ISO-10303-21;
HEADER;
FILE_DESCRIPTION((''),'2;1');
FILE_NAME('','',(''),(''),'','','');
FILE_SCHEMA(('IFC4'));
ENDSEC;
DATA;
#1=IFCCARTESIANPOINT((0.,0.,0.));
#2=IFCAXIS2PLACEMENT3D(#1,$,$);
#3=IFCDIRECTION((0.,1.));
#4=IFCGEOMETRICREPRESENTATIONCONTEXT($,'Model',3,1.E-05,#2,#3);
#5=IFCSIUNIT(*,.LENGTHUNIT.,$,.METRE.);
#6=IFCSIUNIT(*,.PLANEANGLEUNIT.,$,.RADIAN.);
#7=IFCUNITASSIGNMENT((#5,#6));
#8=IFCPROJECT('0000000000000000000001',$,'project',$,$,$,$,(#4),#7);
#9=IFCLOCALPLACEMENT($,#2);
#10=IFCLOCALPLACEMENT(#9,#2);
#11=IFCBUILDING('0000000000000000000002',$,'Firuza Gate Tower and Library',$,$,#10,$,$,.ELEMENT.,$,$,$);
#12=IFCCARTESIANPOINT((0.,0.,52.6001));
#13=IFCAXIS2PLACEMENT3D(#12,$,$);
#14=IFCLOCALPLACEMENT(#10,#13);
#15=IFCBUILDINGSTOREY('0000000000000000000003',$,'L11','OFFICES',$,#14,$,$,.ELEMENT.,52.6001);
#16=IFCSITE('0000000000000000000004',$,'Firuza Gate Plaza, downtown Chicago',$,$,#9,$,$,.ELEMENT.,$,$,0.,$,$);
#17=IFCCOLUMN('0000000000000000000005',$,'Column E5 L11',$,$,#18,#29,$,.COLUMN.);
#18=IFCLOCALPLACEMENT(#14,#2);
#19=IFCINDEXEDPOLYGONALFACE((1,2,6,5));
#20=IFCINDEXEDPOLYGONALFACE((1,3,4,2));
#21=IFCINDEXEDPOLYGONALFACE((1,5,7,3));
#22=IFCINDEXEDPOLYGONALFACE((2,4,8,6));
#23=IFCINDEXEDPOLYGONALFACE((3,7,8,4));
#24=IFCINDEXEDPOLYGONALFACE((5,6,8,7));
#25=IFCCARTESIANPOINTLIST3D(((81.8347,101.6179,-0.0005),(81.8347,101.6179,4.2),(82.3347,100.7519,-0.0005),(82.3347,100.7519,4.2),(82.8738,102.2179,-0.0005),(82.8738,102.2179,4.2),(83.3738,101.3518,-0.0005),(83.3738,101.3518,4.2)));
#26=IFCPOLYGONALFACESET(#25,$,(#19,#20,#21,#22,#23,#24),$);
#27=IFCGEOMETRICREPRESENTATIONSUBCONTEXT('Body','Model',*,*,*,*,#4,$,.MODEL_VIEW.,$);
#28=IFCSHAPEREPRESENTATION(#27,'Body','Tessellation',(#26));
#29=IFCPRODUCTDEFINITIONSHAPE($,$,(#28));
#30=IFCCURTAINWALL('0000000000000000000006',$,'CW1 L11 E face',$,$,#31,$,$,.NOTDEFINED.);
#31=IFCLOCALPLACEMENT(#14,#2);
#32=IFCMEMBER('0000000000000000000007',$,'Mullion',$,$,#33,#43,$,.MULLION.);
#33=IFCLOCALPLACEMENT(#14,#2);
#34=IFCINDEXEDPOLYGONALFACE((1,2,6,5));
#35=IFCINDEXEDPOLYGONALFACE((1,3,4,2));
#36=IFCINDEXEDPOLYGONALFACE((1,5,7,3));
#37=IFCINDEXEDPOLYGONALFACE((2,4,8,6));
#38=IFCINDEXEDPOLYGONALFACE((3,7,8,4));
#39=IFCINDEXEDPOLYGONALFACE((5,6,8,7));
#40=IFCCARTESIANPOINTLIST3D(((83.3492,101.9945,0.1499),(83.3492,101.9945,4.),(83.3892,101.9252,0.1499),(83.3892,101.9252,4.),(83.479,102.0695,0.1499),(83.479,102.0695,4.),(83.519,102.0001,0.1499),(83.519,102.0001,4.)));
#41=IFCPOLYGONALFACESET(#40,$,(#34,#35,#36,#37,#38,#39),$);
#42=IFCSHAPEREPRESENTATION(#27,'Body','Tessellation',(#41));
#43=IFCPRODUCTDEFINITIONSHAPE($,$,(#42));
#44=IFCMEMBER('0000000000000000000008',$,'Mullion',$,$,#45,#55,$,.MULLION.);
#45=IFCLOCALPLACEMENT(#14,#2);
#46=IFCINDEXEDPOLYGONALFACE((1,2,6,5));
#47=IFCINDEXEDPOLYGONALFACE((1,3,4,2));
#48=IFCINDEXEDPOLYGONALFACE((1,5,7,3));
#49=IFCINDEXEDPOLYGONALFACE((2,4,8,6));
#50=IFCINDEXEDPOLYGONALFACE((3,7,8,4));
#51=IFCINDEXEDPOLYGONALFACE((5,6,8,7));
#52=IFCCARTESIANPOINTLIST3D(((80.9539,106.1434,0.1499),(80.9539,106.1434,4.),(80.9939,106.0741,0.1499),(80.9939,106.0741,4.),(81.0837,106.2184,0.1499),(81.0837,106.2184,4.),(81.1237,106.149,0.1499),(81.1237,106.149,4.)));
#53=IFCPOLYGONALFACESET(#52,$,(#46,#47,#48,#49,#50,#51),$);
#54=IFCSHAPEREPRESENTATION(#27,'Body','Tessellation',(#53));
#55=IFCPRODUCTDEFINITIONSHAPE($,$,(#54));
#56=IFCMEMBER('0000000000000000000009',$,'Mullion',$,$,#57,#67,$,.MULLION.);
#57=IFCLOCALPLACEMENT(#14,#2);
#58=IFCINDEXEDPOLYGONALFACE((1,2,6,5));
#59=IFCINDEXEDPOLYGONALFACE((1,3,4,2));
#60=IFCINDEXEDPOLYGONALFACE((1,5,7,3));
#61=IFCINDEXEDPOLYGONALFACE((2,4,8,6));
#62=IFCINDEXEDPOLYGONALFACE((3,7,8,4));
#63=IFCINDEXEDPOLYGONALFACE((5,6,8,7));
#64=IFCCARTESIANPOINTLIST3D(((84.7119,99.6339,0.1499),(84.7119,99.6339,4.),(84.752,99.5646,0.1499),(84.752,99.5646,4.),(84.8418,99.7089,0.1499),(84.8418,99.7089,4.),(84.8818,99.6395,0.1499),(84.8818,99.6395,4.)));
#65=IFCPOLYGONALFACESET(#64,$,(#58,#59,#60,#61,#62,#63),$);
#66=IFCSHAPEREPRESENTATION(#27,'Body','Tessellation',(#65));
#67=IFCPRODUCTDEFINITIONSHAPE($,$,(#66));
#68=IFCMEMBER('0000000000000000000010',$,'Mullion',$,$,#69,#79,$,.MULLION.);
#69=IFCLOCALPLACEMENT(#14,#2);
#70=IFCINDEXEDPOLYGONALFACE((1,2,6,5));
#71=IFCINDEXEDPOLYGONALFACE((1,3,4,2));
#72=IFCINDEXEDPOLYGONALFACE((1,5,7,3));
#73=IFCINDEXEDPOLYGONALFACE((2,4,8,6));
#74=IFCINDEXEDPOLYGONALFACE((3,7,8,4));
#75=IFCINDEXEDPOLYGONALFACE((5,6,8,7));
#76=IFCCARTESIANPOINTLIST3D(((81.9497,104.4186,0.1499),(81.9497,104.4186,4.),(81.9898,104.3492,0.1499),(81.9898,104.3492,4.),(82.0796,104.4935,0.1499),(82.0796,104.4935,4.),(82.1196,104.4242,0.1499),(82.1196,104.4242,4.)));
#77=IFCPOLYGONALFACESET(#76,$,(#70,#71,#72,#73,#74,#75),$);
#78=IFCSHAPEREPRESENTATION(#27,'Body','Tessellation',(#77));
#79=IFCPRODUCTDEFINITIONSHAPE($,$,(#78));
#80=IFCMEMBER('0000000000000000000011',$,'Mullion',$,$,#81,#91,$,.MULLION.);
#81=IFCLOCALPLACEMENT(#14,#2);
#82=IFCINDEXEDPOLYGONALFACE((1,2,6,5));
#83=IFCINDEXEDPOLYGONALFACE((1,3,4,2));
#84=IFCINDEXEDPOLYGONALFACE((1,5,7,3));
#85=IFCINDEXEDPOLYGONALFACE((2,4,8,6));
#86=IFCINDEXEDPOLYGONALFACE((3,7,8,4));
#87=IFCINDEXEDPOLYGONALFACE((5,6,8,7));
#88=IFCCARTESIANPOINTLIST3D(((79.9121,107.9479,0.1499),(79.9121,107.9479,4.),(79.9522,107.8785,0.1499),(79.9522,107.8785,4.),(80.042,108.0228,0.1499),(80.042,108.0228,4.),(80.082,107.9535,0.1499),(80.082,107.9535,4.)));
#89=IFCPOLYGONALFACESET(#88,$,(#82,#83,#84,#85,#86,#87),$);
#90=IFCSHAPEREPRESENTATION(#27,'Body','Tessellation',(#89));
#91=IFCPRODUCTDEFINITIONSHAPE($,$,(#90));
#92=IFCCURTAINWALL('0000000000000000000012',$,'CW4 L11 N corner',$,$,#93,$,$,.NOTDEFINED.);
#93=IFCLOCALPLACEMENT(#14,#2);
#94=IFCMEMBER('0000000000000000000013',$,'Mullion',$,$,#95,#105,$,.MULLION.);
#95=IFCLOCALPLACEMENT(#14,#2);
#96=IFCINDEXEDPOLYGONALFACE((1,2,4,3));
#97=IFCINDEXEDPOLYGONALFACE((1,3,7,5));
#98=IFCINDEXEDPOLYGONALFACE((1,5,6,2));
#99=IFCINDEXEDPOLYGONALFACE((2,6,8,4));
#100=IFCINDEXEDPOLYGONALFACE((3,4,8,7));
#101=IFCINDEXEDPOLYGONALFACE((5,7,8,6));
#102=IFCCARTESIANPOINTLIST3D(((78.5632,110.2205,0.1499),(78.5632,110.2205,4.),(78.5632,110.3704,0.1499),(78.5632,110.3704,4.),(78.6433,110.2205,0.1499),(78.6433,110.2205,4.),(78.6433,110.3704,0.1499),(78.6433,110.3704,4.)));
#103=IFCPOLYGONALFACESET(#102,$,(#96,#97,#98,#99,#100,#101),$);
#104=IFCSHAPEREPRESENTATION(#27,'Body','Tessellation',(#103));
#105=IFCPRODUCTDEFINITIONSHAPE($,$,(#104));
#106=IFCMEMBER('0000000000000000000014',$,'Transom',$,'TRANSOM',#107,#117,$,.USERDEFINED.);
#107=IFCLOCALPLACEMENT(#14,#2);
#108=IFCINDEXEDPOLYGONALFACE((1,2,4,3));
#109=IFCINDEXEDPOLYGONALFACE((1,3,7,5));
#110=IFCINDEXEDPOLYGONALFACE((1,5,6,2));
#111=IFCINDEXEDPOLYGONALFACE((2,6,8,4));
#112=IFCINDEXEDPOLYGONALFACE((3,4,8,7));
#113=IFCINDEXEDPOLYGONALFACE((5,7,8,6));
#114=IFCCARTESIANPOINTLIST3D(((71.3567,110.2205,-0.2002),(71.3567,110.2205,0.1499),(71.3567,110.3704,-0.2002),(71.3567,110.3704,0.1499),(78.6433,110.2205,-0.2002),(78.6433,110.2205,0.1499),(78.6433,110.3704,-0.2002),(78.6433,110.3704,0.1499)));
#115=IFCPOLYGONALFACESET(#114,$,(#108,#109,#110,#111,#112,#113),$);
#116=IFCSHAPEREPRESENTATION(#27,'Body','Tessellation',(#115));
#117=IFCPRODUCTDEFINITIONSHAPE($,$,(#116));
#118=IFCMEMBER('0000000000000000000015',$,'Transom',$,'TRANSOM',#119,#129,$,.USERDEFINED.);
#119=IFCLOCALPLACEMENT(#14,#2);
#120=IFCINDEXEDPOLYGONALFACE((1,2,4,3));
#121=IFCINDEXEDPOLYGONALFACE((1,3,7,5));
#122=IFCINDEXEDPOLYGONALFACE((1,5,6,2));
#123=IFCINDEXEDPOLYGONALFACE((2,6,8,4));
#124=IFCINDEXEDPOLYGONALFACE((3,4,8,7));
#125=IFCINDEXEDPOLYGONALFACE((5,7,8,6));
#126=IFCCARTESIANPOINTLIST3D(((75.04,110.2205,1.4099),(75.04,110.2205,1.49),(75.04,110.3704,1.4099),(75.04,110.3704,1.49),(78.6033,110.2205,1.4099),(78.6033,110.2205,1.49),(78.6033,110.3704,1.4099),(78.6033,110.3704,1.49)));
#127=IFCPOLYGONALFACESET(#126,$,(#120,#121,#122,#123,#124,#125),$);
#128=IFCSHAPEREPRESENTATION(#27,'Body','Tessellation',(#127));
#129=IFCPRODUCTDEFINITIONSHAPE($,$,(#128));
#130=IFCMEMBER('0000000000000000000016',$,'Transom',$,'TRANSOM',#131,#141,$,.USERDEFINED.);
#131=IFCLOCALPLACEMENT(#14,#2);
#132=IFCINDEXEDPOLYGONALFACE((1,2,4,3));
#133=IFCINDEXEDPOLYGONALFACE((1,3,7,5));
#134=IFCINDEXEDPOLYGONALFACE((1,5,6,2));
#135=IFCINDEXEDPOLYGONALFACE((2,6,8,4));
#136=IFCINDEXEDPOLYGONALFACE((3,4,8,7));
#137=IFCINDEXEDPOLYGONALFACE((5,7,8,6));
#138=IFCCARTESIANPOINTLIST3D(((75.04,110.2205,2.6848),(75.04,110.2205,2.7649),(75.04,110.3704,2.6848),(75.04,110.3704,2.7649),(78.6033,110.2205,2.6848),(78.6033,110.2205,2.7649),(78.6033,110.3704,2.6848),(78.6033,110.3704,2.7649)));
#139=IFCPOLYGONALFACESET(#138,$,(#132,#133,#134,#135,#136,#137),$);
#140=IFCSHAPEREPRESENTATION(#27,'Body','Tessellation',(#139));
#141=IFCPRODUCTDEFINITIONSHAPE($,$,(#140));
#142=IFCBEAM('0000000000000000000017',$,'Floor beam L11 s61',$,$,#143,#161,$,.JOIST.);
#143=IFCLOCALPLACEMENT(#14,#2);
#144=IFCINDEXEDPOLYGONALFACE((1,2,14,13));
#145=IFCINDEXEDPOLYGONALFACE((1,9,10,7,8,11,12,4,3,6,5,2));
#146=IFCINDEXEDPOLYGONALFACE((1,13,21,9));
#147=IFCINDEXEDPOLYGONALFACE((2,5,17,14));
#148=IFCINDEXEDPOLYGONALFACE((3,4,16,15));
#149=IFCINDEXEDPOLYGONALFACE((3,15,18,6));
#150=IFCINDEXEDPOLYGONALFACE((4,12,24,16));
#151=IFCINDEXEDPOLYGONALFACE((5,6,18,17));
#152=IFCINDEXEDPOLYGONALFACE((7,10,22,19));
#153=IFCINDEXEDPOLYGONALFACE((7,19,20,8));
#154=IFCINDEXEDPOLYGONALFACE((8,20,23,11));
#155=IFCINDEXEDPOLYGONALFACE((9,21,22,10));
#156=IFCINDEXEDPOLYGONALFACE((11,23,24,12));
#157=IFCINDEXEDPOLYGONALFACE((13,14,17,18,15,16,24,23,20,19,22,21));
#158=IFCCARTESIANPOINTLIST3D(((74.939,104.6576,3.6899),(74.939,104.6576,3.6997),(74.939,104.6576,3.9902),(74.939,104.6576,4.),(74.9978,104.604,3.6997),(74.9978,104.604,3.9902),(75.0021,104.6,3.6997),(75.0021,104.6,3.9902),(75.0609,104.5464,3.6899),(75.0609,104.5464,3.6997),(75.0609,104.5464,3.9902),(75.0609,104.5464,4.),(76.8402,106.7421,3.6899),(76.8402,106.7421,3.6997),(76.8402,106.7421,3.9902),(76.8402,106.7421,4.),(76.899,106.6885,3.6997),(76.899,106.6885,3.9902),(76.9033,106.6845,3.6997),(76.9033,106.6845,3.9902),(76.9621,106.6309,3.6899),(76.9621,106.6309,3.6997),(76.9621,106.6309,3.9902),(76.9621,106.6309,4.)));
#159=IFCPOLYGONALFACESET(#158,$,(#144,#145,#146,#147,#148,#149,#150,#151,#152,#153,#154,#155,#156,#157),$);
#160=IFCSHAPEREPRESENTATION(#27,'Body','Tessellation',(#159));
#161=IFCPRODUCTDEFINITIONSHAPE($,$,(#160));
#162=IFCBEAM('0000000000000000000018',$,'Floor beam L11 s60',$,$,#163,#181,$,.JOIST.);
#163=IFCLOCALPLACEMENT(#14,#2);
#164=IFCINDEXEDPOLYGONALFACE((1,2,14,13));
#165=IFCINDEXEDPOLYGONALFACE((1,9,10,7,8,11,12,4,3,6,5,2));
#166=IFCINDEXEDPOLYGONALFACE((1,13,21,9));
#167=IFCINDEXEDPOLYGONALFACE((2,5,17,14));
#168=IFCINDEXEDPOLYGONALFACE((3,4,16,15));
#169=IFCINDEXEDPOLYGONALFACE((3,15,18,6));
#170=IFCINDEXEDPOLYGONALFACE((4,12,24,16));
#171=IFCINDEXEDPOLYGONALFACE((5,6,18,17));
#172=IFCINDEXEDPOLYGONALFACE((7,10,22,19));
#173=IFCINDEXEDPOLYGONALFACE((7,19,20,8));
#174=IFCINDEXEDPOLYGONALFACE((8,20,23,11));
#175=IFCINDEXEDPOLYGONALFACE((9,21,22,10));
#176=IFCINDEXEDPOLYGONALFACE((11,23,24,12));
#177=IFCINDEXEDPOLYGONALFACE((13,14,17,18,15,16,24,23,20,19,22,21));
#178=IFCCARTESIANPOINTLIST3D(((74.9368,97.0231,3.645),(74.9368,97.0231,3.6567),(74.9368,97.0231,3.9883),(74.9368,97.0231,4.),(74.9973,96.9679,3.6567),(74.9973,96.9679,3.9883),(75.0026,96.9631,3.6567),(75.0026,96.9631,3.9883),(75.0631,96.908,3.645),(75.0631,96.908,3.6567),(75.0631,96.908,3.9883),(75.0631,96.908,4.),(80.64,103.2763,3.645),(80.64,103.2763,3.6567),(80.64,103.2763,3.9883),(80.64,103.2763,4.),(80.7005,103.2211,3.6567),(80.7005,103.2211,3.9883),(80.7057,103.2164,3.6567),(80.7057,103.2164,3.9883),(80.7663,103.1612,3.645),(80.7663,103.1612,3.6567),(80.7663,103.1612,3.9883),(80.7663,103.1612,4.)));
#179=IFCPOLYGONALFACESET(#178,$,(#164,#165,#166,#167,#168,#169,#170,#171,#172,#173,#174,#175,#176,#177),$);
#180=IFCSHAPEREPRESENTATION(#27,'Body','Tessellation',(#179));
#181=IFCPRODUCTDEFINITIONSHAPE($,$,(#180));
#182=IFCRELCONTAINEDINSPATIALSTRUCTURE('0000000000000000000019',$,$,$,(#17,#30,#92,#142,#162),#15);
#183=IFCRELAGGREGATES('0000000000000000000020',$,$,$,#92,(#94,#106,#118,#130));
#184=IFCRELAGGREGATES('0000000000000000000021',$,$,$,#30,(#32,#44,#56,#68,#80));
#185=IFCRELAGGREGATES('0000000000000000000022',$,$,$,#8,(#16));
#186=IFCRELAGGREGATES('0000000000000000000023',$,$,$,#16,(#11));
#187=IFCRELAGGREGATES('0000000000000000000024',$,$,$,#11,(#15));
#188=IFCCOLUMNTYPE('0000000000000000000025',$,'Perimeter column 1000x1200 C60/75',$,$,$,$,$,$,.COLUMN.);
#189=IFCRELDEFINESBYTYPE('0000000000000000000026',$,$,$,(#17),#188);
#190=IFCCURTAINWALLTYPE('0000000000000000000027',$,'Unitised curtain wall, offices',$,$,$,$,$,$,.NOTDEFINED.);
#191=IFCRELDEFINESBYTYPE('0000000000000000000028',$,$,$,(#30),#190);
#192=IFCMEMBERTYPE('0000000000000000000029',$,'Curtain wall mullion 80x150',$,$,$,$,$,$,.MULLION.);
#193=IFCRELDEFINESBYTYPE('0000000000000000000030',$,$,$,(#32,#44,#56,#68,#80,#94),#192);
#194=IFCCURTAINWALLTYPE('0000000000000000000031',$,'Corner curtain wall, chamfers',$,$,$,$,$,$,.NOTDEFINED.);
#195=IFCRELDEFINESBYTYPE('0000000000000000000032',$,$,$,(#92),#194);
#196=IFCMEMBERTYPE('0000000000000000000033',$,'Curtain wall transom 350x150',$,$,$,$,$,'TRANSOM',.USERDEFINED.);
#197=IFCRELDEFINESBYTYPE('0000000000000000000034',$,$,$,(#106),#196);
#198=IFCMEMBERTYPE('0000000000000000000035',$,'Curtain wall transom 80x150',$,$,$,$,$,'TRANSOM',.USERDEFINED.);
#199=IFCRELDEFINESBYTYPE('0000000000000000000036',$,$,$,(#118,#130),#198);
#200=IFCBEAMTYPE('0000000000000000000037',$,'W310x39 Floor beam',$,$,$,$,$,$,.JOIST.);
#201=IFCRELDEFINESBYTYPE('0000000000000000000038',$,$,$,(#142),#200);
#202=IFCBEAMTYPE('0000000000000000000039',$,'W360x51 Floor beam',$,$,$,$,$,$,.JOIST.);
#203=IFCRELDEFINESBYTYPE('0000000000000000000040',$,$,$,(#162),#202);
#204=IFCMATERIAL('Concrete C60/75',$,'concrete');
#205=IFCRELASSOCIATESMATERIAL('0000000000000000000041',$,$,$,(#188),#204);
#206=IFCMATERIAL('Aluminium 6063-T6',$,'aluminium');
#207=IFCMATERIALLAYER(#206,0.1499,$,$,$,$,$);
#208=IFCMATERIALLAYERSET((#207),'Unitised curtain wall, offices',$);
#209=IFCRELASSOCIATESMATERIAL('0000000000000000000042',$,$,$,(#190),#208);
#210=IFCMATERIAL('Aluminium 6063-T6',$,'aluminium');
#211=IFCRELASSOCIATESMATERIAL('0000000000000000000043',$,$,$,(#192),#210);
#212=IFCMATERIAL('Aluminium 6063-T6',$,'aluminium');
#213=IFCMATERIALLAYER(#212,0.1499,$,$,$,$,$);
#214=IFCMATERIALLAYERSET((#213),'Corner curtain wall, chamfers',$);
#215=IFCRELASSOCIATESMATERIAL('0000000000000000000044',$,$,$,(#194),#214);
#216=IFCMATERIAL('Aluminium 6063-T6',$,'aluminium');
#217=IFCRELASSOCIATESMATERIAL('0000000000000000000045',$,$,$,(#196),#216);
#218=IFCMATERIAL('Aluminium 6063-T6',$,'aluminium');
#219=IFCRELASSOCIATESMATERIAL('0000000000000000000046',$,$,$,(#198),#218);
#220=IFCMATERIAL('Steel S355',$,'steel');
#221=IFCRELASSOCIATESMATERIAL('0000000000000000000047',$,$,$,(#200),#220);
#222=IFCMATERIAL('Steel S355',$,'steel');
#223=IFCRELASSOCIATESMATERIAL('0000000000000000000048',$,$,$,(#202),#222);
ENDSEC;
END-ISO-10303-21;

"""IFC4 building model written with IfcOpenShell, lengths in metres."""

from ifc_helpers import new_model, si_unit, direction, frame, origin, origin_2d, place, context, subcontext, project, spatial, rectangle, i_section, extrude, material, layer, layer_set, material_profile, profile_set, type_object, element, aggregate, save


model = new_model("IFC4")

# Units and contexts
model_context = context("Model", 3, precision=1e-05, world=origin(), true_north=direction((0.0, 1.0)))
body_context = subcontext(model_context, "Body", "Model", "MODEL_VIEW")
ifc_project = project(units=[si_unit("LENGTHUNIT", "METRE"), si_unit("PLANEANGLEUNIT", "RADIAN")], contexts=[model_context])

# Site, building, storey
site_placement = place(None, origin())
site = spatial("IfcSite", under=ifc_project, at=site_placement, Name="Firuza Gate Plaza, downtown Chicago", CompositionType="ELEMENT", RefElevation=0.0)
building_placement = place(site_placement, origin())
building = spatial("IfcBuilding", under=site, at=building_placement, Name="Firuza Gate Tower and Library", CompositionType="ELEMENT")
storey_placement = place(building_placement, frame((0.0, 0.0, 52.6001)))
storey = spatial("IfcBuildingStorey", under=building, at=storey_placement, Name="L11", Description="OFFICES", CompositionType="ELEMENT", Elevation=52.6001)

# Column
ifc_material_1 = material(Name="Concrete C60/75", Category="concrete")
ifc_material_profile_1 = material_profile(ifc_material_1, rectangle(XDim=1.0, YDim=1.2, at=origin_2d()))
ifc_profile_set_1 = profile_set([ifc_material_profile_1], Name="Concrete C60/75")
column_type = type_object("IfcColumnType", Name="Perimeter column 1000x1200 C60/75", PredefinedType="COLUMN", material=ifc_profile_set_1)
column_placement = place(storey_placement, frame((82.6042, 101.4849, -0.0005), z_axis=(0.0, 0.0, 1.0), x_axis=(-0.5, 0.866025, 0.0)))
element("IfcColumn", 1, at=column_placement, inside=storey, type_object=column_type, Name="Column E5 L11", PredefinedType="COLUMN", context=body_context, shape_type="SweptSolid", body=[
    extrude(rectangle(XDim=1.0, YDim=1.2, at=origin_2d()), origin(), (0.0, 0.0, 1.0), 4.2004),
])

# Curtain walls, members
ifc_material_2 = material(Name="Aluminium 6063-T6", Category="aluminium")
ifc_layer_1 = layer(ifc_material_2, 0.1499)
ifc_layer_set_1 = layer_set([ifc_layer_1], Name="Unitised curtain wall, offices")
curtain_wall_type_1 = type_object("IfcCurtainWallType", Name="Unitised curtain wall, offices", PredefinedType="NOTDEFINED", material=ifc_layer_set_1)
placement = place(storey_placement, origin())
curtain_wall_1 = element("IfcCurtainWall", 2, at=placement, inside=storey, type_object=curtain_wall_type_1, Name="CW1 L11 E face", PredefinedType="NOTDEFINED")
ifc_material_3 = material(Name="Aluminium 6063-T6", Category="aluminium")
ifc_material_profile_2 = material_profile(ifc_material_3, rectangle(XDim=0.1499, YDim=0.0801, at=origin_2d()))
ifc_profile_set_2 = profile_set([ifc_material_profile_2], Name="Aluminium 6063-T6")
member_type_1 = type_object("IfcMemberType", Name="Curtain wall mullion 80x150", PredefinedType="MULLION", material=ifc_profile_set_2)
member_1_placement = place(storey_placement, frame((83.4341, 101.9973, 0.1499), z_axis=(0.0, 0.0, 1.0), x_axis=(-0.866025, -0.5, 0.0)))
member_1 = element("IfcMember", 3, at=member_1_placement, type_object=member_type_1, Name="Mullion", PredefinedType="MULLION", context=body_context, shape_type="SweptSolid", body=[
    extrude(rectangle(XDim=0.1499, YDim=0.0801, at=origin_2d()), origin(), (0.0, 0.0, 1.0), 3.8501),
])
member_2_placement = place(storey_placement, frame((81.0388, 106.1462, 0.1499), z_axis=(0.0, 0.0, 1.0), x_axis=(-0.866025, -0.5, 0.0)))
member_2 = element("IfcMember", 4, at=member_2_placement, type_object=member_type_1, Name="Mullion", PredefinedType="MULLION", context=body_context, shape_type="SweptSolid", body=[
    extrude(rectangle(XDim=0.1499, YDim=0.0801, at=origin_2d()), origin(), (0.0, 0.0, 1.0), 3.8501),
])
member_3_placement = place(storey_placement, frame((84.7969, 99.6367, 0.1499), z_axis=(0.0, 0.0, 1.0), x_axis=(-0.866025, -0.5, 0.0)))
member_3 = element("IfcMember", 5, at=member_3_placement, type_object=member_type_1, Name="Mullion", PredefinedType="MULLION", context=body_context, shape_type="SweptSolid", body=[
    extrude(rectangle(XDim=0.1499, YDim=0.0801, at=origin_2d()), origin(), (0.0, 0.0, 1.0), 3.8501),
])
member_4_placement = place(storey_placement, frame((82.0347, 104.4214, 0.1499), z_axis=(0.0, 0.0, 1.0), x_axis=(-0.866025, -0.5, 0.0)))
member_4 = element("IfcMember", 6, at=member_4_placement, type_object=member_type_1, Name="Mullion", PredefinedType="MULLION", context=body_context, shape_type="SweptSolid", body=[
    extrude(rectangle(XDim=0.1499, YDim=0.0801, at=origin_2d()), origin(), (0.0, 0.0, 1.0), 3.8501),
])
member_5_placement = place(storey_placement, frame((79.9971, 107.9507, 0.1499), z_axis=(0.0, 0.0, 1.0), x_axis=(-0.866025, -0.5, 0.0)))
member_5 = element("IfcMember", 7, at=member_5_placement, type_object=member_type_1, Name="Mullion", PredefinedType="MULLION", context=body_context, shape_type="SweptSolid", body=[
    extrude(rectangle(XDim=0.1499, YDim=0.0801, at=origin_2d()), origin(), (0.0, 0.0, 1.0), 3.8501),
])
ifc_material_4 = material(Name="Aluminium 6063-T6", Category="aluminium")
ifc_layer_2 = layer(ifc_material_4, 0.1499)
ifc_layer_set_2 = layer_set([ifc_layer_2], Name="Corner curtain wall, chamfers")
curtain_wall_type_2 = type_object("IfcCurtainWallType", Name="Corner curtain wall, chamfers", PredefinedType="NOTDEFINED", material=ifc_layer_set_2)
curtain_wall_2 = element("IfcCurtainWall", 8, at=placement, inside=storey, type_object=curtain_wall_type_2, Name="CW4 L11 N corner", PredefinedType="NOTDEFINED")
member_6_placement = place(storey_placement, frame((78.6033, 110.2954, 0.1499), z_axis=(0.0, 0.0, 1.0), x_axis=(0.0, -1.0, 0.0)))
member_6 = element("IfcMember", 9, at=member_6_placement, type_object=member_type_1, Name="Mullion", PredefinedType="MULLION", context=body_context, shape_type="SweptSolid", body=[
    extrude(rectangle(XDim=0.1499, YDim=0.0801, at=origin_2d()), origin(), (0.0, 0.0, 1.0), 3.8501),
])
ifc_material_5 = material(Name="Aluminium 6063-T6", Category="aluminium")
ifc_material_profile_3 = material_profile(ifc_material_5, rectangle(XDim=0.1499, YDim=0.3501, at=origin_2d()))
ifc_profile_set_3 = profile_set([ifc_material_profile_3], Name="Aluminium 6063-T6")
member_type_2 = type_object("IfcMemberType", Name="Curtain wall transom 350x150", ElementType="TRANSOM", PredefinedType="USERDEFINED", material=ifc_profile_set_3)
member_7_placement = place(storey_placement, frame((78.6433, 110.2954, -0.0251), z_axis=(-1.0, 0.0, 0.0), x_axis=(0.0, -1.0, 0.0)))
member_7 = element("IfcMember", 10, at=member_7_placement, type_object=member_type_2, Name="Transom", ObjectType="TRANSOM", PredefinedType="USERDEFINED", context=body_context, shape_type="SweptSolid", body=[
    extrude(rectangle(XDim=0.1499, YDim=0.3501, at=origin_2d()), origin(), (0.0, 0.0, 1.0), 7.2866),
])
ifc_material_6 = material(Name="Aluminium 6063-T6", Category="aluminium")
ifc_material_profile_4 = material_profile(ifc_material_6, rectangle(XDim=0.1499, YDim=0.0801, at=origin_2d()))
ifc_profile_set_4 = profile_set([ifc_material_profile_4], Name="Aluminium 6063-T6")
member_type_3 = type_object("IfcMemberType", Name="Curtain wall transom 80x150", ElementType="TRANSOM", PredefinedType="USERDEFINED", material=ifc_profile_set_4)
member_8_placement = place(storey_placement, frame((78.6033, 110.2954, 1.45), z_axis=(-1.0, 0.0, 0.0), x_axis=(0.0, -1.0, 0.0)))
member_8 = element("IfcMember", 11, at=member_8_placement, type_object=member_type_3, Name="Transom", ObjectType="TRANSOM", PredefinedType="USERDEFINED", context=body_context, shape_type="SweptSolid", body=[
    extrude(rectangle(XDim=0.1499, YDim=0.0801, at=origin_2d()), origin(), (0.0, 0.0, 1.0), 3.5632),
])
member_9_placement = place(storey_placement, frame((78.6033, 110.2954, 2.7249), z_axis=(-1.0, 0.0, 0.0), x_axis=(0.0, -1.0, 0.0)))
member_9 = element("IfcMember", 12, at=member_9_placement, type_object=member_type_3, Name="Transom", ObjectType="TRANSOM", PredefinedType="USERDEFINED", context=body_context, shape_type="SweptSolid", body=[
    extrude(rectangle(XDim=0.1499, YDim=0.0801, at=origin_2d()), origin(), (0.0, 0.0, 1.0), 3.5632),
])

# Beams
ifc_material_7 = material(Name="Steel S355", Category="steel")
ifc_material_profile_5 = material_profile(ifc_material_7, i_section(OverallWidth=0.165, OverallDepth=0.3101, WebThickness=0.0059, FlangeThickness=0.0098, at=origin_2d()))
ifc_profile_set_5 = profile_set([ifc_material_profile_5], Name="Steel S355")
beam_type_1 = type_object("IfcBeamType", Name="W310x39 Floor beam", PredefinedType="JOIST", material=ifc_profile_set_5)
beam_1_placement = place(storey_placement, frame((76.9011, 106.6865, 3.845), z_axis=(-0.673865, -0.738854, 0.0), x_axis=(0.738854, -0.673865, 0.0)))
element("IfcBeam", 13, at=beam_1_placement, inside=storey, type_object=beam_type_1, Name="Floor beam L11 s61", PredefinedType="JOIST", context=body_context, shape_type="SweptSolid", body=[
    extrude(i_section(OverallWidth=0.165, OverallDepth=0.3101, WebThickness=0.0059, FlangeThickness=0.0098, at=origin_2d()), origin(), (0.0, 0.0, 1.0), 2.8213),
])
ifc_material_8 = material(Name="Steel S355", Category="steel")
ifc_material_profile_6 = material_profile(ifc_material_8, i_section(OverallWidth=0.1709, OverallDepth=0.355, WebThickness=0.0071, FlangeThickness=0.0117, at=origin_2d()))
ifc_profile_set_6 = profile_set([ifc_material_profile_6], Name="Steel S355")
beam_type_2 = type_object("IfcBeamType", Name="W360x51 Floor beam", PredefinedType="JOIST", material=ifc_profile_set_6)
beam_2_placement = place(storey_placement, frame((80.7031, 103.2188, 3.8225), z_axis=(-0.673864, -0.738856, 0.0), x_axis=(0.738856, -0.673864, 0.0)))
element("IfcBeam", 14, at=beam_2_placement, inside=storey, type_object=beam_type_2, Name="Floor beam L11 s60", PredefinedType="JOIST", context=body_context, shape_type="SweptSolid", body=[
    extrude(i_section(OverallWidth=0.1709, OverallDepth=0.355, WebThickness=0.0071, FlangeThickness=0.0117, at=origin_2d()), origin(), (0.0, 0.0, 1.0), 8.4634),
])

aggregate(curtain_wall_2, [member_6, member_7, member_8, member_9])
aggregate(curtain_wall_1, [member_1, member_2, member_3, member_4, member_5])

save(model, "model.ifc")
